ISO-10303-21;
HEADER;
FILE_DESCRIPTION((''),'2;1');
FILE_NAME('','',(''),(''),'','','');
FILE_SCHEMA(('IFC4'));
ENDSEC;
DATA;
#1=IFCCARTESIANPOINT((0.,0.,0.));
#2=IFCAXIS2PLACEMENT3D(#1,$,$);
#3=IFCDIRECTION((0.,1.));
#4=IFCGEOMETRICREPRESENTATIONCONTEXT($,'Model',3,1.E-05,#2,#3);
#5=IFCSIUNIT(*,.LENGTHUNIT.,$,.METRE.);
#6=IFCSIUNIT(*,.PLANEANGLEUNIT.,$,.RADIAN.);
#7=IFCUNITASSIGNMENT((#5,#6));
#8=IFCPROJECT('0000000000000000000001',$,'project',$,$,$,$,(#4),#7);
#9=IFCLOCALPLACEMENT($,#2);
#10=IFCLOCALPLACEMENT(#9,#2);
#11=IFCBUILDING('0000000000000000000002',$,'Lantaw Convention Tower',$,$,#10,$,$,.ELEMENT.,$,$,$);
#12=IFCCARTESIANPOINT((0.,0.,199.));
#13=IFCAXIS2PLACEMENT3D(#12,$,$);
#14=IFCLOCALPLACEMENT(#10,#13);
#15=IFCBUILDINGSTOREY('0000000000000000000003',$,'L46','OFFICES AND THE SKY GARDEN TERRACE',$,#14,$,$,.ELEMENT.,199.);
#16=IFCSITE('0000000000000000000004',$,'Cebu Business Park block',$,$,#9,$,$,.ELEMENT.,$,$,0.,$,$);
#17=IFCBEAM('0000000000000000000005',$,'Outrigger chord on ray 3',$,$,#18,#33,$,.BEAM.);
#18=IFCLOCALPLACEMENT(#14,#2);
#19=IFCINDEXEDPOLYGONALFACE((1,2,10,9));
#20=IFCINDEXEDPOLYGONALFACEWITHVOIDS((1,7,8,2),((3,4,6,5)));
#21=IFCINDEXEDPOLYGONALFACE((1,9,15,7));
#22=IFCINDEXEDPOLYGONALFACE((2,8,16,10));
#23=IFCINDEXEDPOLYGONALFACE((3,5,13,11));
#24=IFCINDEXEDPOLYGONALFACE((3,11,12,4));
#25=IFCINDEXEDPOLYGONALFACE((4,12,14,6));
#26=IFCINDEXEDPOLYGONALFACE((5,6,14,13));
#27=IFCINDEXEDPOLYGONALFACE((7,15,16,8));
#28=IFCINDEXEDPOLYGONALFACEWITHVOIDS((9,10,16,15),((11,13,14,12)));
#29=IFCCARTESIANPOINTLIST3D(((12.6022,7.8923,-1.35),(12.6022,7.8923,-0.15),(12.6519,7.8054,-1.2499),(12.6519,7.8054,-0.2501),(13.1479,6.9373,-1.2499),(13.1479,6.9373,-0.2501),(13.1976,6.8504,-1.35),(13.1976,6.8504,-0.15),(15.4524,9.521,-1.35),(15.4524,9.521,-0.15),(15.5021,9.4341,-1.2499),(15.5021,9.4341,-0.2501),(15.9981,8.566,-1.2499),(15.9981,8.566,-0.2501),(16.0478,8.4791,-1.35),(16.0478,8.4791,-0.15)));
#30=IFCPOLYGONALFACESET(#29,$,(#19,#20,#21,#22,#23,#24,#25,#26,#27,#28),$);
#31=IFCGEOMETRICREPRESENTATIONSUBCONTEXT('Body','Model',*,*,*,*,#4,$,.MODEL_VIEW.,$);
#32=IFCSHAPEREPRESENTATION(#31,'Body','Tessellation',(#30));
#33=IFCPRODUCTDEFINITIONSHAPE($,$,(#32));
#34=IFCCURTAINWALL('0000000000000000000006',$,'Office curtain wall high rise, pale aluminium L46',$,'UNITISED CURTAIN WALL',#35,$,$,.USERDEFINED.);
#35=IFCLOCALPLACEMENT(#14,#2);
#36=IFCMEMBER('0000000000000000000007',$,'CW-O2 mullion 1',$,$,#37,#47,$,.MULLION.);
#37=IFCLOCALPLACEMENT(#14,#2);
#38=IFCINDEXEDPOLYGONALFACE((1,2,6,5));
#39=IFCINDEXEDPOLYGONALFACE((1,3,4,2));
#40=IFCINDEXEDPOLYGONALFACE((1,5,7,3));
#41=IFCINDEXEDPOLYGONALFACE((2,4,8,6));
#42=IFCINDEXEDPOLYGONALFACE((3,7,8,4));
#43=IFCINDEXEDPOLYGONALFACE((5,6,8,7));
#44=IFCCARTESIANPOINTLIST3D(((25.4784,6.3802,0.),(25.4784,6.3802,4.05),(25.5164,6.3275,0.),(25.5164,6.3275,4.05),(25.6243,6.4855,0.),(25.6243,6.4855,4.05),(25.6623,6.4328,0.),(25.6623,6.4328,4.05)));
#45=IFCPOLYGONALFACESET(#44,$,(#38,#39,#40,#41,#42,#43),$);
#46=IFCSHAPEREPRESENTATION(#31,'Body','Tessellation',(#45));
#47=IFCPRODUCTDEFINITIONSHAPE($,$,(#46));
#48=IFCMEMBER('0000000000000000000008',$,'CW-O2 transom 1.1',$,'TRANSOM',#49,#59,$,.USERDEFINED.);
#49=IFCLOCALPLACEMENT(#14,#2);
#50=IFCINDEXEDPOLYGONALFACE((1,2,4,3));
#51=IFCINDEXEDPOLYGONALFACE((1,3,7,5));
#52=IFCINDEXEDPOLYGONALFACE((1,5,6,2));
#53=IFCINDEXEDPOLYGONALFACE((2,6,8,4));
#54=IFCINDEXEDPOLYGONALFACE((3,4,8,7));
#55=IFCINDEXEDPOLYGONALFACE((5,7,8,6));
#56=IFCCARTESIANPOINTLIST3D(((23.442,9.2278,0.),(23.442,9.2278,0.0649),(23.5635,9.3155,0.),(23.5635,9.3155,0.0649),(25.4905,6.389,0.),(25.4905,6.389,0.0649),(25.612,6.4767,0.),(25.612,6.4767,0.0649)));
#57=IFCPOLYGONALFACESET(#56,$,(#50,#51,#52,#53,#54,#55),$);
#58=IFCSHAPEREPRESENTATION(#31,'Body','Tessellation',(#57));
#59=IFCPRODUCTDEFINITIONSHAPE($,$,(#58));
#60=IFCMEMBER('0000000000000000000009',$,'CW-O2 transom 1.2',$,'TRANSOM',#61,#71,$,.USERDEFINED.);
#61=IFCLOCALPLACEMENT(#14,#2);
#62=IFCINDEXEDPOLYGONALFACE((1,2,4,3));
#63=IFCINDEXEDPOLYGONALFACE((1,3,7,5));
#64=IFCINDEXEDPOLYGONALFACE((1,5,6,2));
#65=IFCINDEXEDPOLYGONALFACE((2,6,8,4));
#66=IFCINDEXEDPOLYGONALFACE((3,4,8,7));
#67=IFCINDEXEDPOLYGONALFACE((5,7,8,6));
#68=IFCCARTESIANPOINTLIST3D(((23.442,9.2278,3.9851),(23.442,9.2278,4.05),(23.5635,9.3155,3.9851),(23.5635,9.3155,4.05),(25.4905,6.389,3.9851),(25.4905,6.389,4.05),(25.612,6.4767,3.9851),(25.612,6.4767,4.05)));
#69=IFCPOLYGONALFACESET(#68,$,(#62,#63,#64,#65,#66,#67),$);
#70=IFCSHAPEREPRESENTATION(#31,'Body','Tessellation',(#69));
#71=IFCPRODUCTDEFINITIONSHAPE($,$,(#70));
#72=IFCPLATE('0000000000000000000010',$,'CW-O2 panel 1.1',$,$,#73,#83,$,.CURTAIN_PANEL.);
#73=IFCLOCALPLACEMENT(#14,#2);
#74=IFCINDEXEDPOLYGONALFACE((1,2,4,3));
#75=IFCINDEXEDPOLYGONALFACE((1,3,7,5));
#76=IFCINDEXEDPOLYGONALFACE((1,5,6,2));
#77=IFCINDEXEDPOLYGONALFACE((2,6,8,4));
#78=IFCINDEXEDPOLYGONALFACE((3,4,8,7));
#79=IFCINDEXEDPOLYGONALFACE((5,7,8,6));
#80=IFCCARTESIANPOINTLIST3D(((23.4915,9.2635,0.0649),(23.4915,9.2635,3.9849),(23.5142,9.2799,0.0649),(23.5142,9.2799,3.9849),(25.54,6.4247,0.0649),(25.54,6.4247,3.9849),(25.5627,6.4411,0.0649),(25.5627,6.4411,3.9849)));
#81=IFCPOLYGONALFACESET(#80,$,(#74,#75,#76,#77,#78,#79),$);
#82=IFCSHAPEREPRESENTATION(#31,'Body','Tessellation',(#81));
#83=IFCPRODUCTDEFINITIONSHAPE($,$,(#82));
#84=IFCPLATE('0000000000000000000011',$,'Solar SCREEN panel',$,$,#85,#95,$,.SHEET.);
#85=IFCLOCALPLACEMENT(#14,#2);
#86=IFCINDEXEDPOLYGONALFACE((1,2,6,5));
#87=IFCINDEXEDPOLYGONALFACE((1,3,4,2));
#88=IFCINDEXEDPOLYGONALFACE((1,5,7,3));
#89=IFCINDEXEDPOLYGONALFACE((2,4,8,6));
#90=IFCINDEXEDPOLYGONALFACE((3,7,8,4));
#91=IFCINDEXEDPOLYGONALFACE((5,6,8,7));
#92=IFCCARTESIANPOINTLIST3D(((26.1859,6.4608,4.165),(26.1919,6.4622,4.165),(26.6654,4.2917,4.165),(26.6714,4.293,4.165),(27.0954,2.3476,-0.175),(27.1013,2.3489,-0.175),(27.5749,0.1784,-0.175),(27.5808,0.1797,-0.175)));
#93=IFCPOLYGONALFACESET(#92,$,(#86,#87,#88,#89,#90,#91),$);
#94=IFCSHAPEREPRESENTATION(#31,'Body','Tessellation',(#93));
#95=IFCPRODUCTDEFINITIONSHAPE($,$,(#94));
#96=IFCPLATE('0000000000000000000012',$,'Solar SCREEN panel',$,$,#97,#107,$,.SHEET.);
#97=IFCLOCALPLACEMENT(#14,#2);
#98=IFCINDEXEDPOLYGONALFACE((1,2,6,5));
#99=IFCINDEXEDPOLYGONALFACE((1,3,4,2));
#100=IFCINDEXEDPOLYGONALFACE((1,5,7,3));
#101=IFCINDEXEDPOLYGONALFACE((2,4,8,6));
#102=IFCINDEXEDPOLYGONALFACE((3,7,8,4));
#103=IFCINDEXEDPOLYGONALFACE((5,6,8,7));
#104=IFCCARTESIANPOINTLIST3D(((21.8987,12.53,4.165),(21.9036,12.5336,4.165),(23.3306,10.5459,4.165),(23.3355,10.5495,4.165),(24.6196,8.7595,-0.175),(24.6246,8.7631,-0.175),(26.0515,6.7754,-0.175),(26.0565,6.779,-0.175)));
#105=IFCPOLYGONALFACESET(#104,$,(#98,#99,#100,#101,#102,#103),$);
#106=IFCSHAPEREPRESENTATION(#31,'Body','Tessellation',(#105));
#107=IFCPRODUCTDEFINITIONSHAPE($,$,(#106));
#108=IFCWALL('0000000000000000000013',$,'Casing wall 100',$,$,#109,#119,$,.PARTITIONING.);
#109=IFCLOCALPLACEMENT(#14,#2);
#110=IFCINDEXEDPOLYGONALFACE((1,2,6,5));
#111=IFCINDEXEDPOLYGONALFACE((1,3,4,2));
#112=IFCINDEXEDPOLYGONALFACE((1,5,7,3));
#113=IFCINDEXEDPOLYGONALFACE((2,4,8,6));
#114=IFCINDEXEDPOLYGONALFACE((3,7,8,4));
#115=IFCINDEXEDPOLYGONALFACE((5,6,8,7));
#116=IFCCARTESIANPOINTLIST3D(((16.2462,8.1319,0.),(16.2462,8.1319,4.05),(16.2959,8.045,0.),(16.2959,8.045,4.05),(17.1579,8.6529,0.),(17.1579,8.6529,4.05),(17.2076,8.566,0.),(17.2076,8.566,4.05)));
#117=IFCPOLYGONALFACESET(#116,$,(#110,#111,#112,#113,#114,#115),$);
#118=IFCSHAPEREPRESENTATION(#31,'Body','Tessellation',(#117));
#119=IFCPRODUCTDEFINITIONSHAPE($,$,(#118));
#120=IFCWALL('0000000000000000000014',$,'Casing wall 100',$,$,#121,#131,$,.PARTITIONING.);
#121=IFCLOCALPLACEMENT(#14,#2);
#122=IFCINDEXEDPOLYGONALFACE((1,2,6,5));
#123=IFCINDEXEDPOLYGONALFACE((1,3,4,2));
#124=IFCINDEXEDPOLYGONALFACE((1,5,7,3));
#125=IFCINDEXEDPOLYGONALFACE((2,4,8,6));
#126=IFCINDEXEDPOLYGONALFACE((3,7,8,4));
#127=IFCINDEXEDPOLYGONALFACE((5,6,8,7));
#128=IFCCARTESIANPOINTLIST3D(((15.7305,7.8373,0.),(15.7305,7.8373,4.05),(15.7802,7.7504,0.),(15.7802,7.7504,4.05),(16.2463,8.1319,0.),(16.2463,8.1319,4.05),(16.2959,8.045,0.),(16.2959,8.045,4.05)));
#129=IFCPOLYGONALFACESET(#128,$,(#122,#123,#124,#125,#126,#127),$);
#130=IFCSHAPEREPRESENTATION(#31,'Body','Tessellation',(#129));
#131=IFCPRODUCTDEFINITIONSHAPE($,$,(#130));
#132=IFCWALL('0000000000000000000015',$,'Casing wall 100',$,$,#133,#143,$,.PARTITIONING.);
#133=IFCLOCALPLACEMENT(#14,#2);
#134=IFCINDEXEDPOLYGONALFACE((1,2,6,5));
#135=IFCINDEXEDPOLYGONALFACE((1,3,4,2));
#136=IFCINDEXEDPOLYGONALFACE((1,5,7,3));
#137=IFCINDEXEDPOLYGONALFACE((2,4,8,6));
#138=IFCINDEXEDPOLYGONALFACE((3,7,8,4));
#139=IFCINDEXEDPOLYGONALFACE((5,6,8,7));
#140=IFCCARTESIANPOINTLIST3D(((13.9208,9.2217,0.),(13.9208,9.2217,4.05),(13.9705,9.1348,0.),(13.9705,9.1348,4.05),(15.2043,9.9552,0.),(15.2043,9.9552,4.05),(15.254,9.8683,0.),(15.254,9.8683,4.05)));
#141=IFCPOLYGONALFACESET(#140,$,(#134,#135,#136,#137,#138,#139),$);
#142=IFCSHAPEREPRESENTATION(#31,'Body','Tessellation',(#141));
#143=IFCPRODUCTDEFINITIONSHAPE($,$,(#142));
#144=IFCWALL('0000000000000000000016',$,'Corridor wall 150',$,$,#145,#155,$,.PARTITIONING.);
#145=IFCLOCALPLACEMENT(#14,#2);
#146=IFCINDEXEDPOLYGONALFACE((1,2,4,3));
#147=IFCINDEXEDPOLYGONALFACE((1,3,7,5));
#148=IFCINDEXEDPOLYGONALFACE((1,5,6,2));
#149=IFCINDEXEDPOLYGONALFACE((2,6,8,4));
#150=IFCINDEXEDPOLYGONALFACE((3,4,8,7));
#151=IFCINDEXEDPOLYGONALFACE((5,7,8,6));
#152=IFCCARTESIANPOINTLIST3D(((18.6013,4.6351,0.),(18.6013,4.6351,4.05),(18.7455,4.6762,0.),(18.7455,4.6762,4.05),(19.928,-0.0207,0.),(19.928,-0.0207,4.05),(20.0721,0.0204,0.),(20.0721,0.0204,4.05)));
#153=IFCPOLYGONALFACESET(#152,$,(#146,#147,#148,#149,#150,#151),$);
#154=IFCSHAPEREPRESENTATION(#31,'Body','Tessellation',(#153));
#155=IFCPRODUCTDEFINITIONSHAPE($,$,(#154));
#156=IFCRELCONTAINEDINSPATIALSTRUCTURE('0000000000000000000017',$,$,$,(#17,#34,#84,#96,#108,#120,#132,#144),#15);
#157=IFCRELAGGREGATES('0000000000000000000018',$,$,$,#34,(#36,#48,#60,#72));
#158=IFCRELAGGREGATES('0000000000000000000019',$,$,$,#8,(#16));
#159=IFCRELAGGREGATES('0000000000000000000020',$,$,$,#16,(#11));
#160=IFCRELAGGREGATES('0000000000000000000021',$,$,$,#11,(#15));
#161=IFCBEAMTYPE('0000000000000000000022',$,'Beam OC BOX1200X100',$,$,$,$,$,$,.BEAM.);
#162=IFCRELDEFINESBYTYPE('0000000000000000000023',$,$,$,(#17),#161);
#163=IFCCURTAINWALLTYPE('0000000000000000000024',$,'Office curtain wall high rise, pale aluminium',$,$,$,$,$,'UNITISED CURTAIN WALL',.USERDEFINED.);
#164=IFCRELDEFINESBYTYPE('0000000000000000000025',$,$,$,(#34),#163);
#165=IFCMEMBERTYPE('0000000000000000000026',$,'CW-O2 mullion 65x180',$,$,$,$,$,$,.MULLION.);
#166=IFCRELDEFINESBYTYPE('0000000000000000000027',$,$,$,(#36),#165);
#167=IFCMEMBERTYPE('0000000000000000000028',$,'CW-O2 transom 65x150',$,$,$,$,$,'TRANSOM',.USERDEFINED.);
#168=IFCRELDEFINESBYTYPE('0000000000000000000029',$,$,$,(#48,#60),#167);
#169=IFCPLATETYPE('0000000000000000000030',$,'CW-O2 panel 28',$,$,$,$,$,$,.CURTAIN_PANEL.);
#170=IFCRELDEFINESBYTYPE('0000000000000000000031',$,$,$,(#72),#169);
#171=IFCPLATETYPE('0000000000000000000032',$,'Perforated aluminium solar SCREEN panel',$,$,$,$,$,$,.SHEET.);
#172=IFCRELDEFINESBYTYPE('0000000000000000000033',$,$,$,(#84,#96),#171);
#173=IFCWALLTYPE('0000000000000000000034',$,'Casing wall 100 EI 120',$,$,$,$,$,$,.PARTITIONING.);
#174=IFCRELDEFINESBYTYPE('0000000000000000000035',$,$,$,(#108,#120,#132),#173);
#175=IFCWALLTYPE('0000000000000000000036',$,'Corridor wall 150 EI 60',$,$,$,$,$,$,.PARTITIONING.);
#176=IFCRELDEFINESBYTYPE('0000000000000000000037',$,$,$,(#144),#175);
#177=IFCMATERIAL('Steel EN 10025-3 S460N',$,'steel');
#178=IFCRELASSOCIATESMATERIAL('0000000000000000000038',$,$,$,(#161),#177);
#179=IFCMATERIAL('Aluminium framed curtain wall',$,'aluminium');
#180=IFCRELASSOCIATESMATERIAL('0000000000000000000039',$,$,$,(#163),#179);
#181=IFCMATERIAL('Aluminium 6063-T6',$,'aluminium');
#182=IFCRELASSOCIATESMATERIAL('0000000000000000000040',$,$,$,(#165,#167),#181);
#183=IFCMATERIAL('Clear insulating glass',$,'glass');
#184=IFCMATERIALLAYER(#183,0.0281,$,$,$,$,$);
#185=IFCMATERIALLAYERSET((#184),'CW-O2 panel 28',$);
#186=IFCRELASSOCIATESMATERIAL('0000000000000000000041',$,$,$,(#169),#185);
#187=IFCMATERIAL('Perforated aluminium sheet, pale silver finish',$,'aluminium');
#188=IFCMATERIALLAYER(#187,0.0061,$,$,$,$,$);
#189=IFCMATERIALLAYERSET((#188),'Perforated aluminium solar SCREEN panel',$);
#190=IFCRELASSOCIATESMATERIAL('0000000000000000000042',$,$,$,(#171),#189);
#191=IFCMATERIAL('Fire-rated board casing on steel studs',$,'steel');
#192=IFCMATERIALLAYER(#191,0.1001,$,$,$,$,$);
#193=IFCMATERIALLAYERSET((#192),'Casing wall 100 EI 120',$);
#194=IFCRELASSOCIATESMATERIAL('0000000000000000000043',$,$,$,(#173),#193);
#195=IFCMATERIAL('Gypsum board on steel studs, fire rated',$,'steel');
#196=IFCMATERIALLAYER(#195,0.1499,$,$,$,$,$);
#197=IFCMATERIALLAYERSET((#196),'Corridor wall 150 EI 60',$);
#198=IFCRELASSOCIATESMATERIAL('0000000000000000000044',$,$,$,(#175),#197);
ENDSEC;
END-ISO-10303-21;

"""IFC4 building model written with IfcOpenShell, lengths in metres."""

from ifc_helpers import new_model, si_unit, direction, frame, frame_2d, origin, origin_2d, place, context, subcontext, project, spatial, polyline, rectangle, hollow_rectangle, outline, extrude, material, layer, layer_set, material_profile, profile_set, type_object, element, aggregate, save


model = new_model("IFC4")

# Units and contexts
model_context = context("Model", 3, precision=1e-05, world=origin(), true_north=direction((0.0, 1.0)))
body_context = subcontext(model_context, "Body", "Model", "MODEL_VIEW")
ifc_project = project(units=[si_unit("LENGTHUNIT", "METRE"), si_unit("PLANEANGLEUNIT", "RADIAN")], contexts=[model_context])

# Site, building, storey
site_placement = place(None, origin())
site = spatial("IfcSite", under=ifc_project, at=site_placement, Name="Cebu Business Park block", CompositionType="ELEMENT", RefElevation=0.0)
building_placement = place(site_placement, origin())
building = spatial("IfcBuilding", under=site, at=building_placement, Name="Lantaw Convention Tower", CompositionType="ELEMENT")
storey_placement = place(building_placement, frame((0.0, 0.0, 199.0)))
storey = spatial("IfcBuildingStorey", under=building, at=storey_placement, Name="L46", Description="OFFICES AND THE SKY GARDEN TERRACE", CompositionType="ELEMENT", Elevation=199.0)

# Shared definitions
ifc_material_1 = material(Name="Steel EN 10025-3 S460N", Category="steel")

# Beam
ifc_material_profile_1 = material_profile(ifc_material_1, hollow_rectangle(XDim=1.2, YDim=1.2, WallThickness=0.1001, at=origin_2d()), Name="BOX1200X100")
ifc_profile_set_1 = profile_set([ifc_material_profile_1], Name="Steel EN 10025-3 S460N")
beam_type_1 = type_object("IfcBeamType", Name="Beam OC BOX1200X100", PredefinedType="BEAM", material=ifc_profile_set_1)
beam_1_placement = place(storey_placement, frame((12.8999, 7.3713, -0.75), z_axis=(0.868239, 0.496147, 0.0), x_axis=(-0.496147, 0.868239, 0.0)))
element("IfcBeam", 1, at=beam_1_placement, inside=storey, type_object=beam_type_1, Name="Outrigger chord on ray 3", PredefinedType="BEAM", context=body_context, shape_type="SweptSolid", body=[
    extrude(hollow_rectangle(XDim=1.2, YDim=1.2, WallThickness=0.1001, at=origin_2d()), origin(), (0.0, 0.0, 1.0), 3.2827),
])

# Curtain wall, members, plate
ifc_material_2 = material(Name="Aluminium framed curtain wall", Category="aluminium")
curtain_wall_type = type_object("IfcCurtainWallType", Name="Office curtain wall high rise, pale aluminium", ElementType="UNITISED CURTAIN WALL", PredefinedType="USERDEFINED", material=ifc_material_2)
curtain_wall_placement = place(storey_placement, origin())
curtain_wall = element("IfcCurtainWall", 2, at=curtain_wall_placement, inside=storey, type_object=curtain_wall_type, Name="Office curtain wall high rise, pale aluminium L46", ObjectType="UNITISED CURTAIN WALL", PredefinedType="USERDEFINED")
ifc_material_3 = material(Name="Aluminium 6063-T6", Category="aluminium")
ifc_material_profile_2 = material_profile(ifc_material_3, rectangle(XDim=0.1799, YDim=0.0649, at=origin_2d()), Name="CW-O2 mullion 65x180")
ifc_profile_set_2 = profile_set([ifc_material_profile_2], Name="Aluminium 6063-T6")
member_type_1 = type_object("IfcMemberType", Name="CW-O2 mullion 65x180", PredefinedType="MULLION", material=ifc_profile_set_2)
member_1_placement = place(storey_placement, frame((25.5703, 6.4065, 0.0), z_axis=(0.0, 0.0, 1.0), x_axis=(-0.81092, -0.585158, 0.0)))
member_1 = element("IfcMember", 3, at=member_1_placement, type_object=member_type_1, Name="CW-O2 mullion 1", PredefinedType="MULLION", context=body_context, shape_type="SweptSolid", body=[
    extrude(rectangle(XDim=0.1799, YDim=0.0649, at=origin_2d()), origin(), (0.0, 0.0, 1.0), 4.05),
])
ifc_material_profile_3 = material_profile(ifc_material_3, rectangle(XDim=0.1499, YDim=0.0649, at=origin_2d()), Name="CW-O2 transom 65x150")
ifc_profile_set_3 = profile_set([ifc_material_profile_3], Name="Aluminium 6063-T6")
member_type_2 = type_object("IfcMemberType", Name="CW-O2 transom 65x150", ElementType="TRANSOM", PredefinedType="USERDEFINED", material=ifc_profile_set_3)
member_2_placement = place(storey_placement, frame((25.5513, 6.4329, 0.0325), z_axis=(-0.58517, 0.810911, 0.0), x_axis=(-0.810911, -0.58517, 0.0)))
member_2 = element("IfcMember", 4, at=member_2_placement, type_object=member_type_2, Name="CW-O2 transom 1.1", ObjectType="TRANSOM", PredefinedType="USERDEFINED", context=body_context, shape_type="SweptSolid", body=[
    extrude(rectangle(XDim=0.1499, YDim=0.0649, at=origin_2d()), origin(), (0.0, 0.0, 1.0), 3.5007),
])
member_3_placement = place(storey_placement, frame((25.5513, 6.4329, 4.0176), z_axis=(-0.58517, 0.810911, 0.0), x_axis=(-0.810911, -0.58517, 0.0)))
member_3 = element("IfcMember", 5, at=member_3_placement, type_object=member_type_2, Name="CW-O2 transom 1.2", ObjectType="TRANSOM", PredefinedType="USERDEFINED", context=body_context, shape_type="SweptSolid", body=[
    extrude(rectangle(XDim=0.1499, YDim=0.0649, at=origin_2d()), origin(), (0.0, 0.0, 1.0), 3.5007),
])
ifc_material_4 = material(Name="Clear insulating glass", Category="glass")
ifc_layer_1 = layer(ifc_material_4, 0.0281)
ifc_layer_set_1 = layer_set([ifc_layer_1], Name="CW-O2 panel 28")
plate_type_1 = type_object("IfcPlateType", Name="CW-O2 panel 28", PredefinedType="CURTAIN_PANEL", material=ifc_layer_set_1)
plate_1_placement = place(storey_placement, frame((24.5271, 7.8523, 0.0649), z_axis=(0.0, 0.0, 1.0), x_axis=(-0.585158, 0.81092, 0.0)))
plate_1 = element("IfcPlate", 6, at=plate_1_placement, type_object=plate_type_1, Name="CW-O2 panel 1.1", PredefinedType="CURTAIN_PANEL", context=body_context, shape_type="SweptSolid", body=[
    extrude(rectangle(XDim=3.5007, YDim=0.0281, at=origin_2d()), origin(), (0.0, 0.0, 1.0), 3.9199),
])
aggregate(curtain_wall, [member_1, member_2, member_3, plate_1])

# Plates
ifc_material_5 = material(Name="Perforated aluminium sheet, pale silver finish", Category="aluminium")
ifc_layer_2 = layer(ifc_material_5, 0.0061)
ifc_layer_set_2 = layer_set([ifc_layer_2], Name="Perforated aluminium solar SCREEN panel")
plate_type_2 = type_object("IfcPlateType", Name="Perforated aluminium solar SCREEN panel", PredefinedType="SHEET", material=ifc_layer_set_2)
plate_2_placement = place(storey_placement, frame((27.5808, 0.1797, -0.175), z_axis=(0.97643, 0.215837, 0.000044), x_axis=(-0.215837, 0.97643, 0.0)))
element("IfcPlate", 7, at=plate_2_placement, inside=storey, type_object=plate_type_2, Name="Solar SCREEN panel", PredefinedType="SHEET", context=body_context, shape_type="SweptSolid", body=[
    extrude(outline(polyline([(0.0, 0.0), (2.2216, 0.0), (6.4342, 4.3401), (4.2126, 4.3401), (0.0, 0.0)])), origin(), (0.0, 0.0, -1.0), 0.0061),
])
plate_3_placement = place(storey_placement, frame((26.0515, 6.7754, -0.175), z_axis=(-0.810892, -0.585195, 0.00002), x_axis=(-0.585195, 0.810892, 0.0)))
element("IfcPlate", 8, at=plate_3_placement, inside=storey, type_object=plate_type_2, Name="Solar SCREEN panel", PredefinedType="SHEET", context=body_context, shape_type="SweptSolid", body=[
    extrude(outline(polyline([(0.0, 0.0), (2.4468, 0.0), (7.0966, -4.3401), (4.6498, -4.3401), (0.0, 0.0)])), origin(), (0.0, 0.0, -1.0), 0.0061),
])

# Walls
ifc_material_6 = material(Name="Fire-rated board casing on steel studs", Category="steel")
ifc_layer_3 = layer(ifc_material_6, 0.1001)
ifc_layer_set_3 = layer_set([ifc_layer_3], Name="Casing wall 100 EI 120")
wall_type_1 = type_object("IfcWallType", Name="Casing wall 100 EI 120", PredefinedType="PARTITIONING", material=ifc_layer_set_3)
wall_1_placement = place(storey_placement, frame((17.1826, 8.6094, 0.0), z_axis=(0.0, 0.0, 1.0), x_axis=(-0.868215, -0.496189, 0.0)))
element("IfcWall", 9, at=wall_1_placement, inside=storey, type_object=wall_type_1, Name="Casing wall 100", PredefinedType="PARTITIONING", context=body_context, shape_type="SweptSolid", body=[
    extrude(rectangle(XDim=1.05, YDim=0.1001, at=frame_2d((0.5249, 0.0))), origin(), (0.0, 0.0, 1.0), 4.05),
])
wall_2_placement = place(storey_placement, frame((16.271, 8.0884, 0.0), z_axis=(0.0, 0.0, 1.0), x_axis=(-0.868319, -0.496006, 0.0)))
element("IfcWall", 10, at=wall_2_placement, inside=storey, type_object=wall_type_1, Name="Casing wall 100", PredefinedType="PARTITIONING", context=body_context, shape_type="SweptSolid", body=[
    extrude(rectangle(XDim=0.594, YDim=0.1001, at=frame_2d((0.2969, 0.0))), origin(), (0.0, 0.0, 1.0), 4.05),
])
wall_3_placement = place(storey_placement, frame((13.9456, 9.1782, 0.0), z_axis=(0.0, 0.0, 1.0), x_axis=(0.868243, 0.496139, 0.0)))
element("IfcWall", 11, at=wall_3_placement, inside=storey, type_object=wall_type_1, Name="Casing wall 100", PredefinedType="PARTITIONING", context=body_context, shape_type="SweptSolid", body=[
    extrude(rectangle(XDim=1.4783, YDim=0.1001, at=frame_2d((0.7393, 0.0))), origin(), (0.0, 0.0, 1.0), 4.05),
])
ifc_material_7 = material(Name="Gypsum board on steel studs, fire rated", Category="steel")
ifc_layer_4 = layer(ifc_material_7, 0.1499)
ifc_layer_set_4 = layer_set([ifc_layer_4], Name="Corridor wall 150 EI 60")
wall_type_2 = type_object("IfcWallType", Name="Corridor wall 150 EI 60", PredefinedType="PARTITIONING", material=ifc_layer_set_4)
wall_4_placement = place(storey_placement, frame((20.0, 0.0, 0.0), z_axis=(0.0, 0.0, 1.0), x_axis=(-0.274042, 0.961718, 0.0)))
element("IfcWall", 12, at=wall_4_placement, inside=storey, type_object=wall_type_2, Name="Corridor wall 150", PredefinedType="PARTITIONING", context=body_context, shape_type="SweptSolid", body=[
    extrude(rectangle(XDim=4.8411, YDim=0.1499, at=frame_2d((2.4204, 0.0))), origin(), (0.0, 0.0, 1.0), 4.05),
])

save(model, "model.ifc")
